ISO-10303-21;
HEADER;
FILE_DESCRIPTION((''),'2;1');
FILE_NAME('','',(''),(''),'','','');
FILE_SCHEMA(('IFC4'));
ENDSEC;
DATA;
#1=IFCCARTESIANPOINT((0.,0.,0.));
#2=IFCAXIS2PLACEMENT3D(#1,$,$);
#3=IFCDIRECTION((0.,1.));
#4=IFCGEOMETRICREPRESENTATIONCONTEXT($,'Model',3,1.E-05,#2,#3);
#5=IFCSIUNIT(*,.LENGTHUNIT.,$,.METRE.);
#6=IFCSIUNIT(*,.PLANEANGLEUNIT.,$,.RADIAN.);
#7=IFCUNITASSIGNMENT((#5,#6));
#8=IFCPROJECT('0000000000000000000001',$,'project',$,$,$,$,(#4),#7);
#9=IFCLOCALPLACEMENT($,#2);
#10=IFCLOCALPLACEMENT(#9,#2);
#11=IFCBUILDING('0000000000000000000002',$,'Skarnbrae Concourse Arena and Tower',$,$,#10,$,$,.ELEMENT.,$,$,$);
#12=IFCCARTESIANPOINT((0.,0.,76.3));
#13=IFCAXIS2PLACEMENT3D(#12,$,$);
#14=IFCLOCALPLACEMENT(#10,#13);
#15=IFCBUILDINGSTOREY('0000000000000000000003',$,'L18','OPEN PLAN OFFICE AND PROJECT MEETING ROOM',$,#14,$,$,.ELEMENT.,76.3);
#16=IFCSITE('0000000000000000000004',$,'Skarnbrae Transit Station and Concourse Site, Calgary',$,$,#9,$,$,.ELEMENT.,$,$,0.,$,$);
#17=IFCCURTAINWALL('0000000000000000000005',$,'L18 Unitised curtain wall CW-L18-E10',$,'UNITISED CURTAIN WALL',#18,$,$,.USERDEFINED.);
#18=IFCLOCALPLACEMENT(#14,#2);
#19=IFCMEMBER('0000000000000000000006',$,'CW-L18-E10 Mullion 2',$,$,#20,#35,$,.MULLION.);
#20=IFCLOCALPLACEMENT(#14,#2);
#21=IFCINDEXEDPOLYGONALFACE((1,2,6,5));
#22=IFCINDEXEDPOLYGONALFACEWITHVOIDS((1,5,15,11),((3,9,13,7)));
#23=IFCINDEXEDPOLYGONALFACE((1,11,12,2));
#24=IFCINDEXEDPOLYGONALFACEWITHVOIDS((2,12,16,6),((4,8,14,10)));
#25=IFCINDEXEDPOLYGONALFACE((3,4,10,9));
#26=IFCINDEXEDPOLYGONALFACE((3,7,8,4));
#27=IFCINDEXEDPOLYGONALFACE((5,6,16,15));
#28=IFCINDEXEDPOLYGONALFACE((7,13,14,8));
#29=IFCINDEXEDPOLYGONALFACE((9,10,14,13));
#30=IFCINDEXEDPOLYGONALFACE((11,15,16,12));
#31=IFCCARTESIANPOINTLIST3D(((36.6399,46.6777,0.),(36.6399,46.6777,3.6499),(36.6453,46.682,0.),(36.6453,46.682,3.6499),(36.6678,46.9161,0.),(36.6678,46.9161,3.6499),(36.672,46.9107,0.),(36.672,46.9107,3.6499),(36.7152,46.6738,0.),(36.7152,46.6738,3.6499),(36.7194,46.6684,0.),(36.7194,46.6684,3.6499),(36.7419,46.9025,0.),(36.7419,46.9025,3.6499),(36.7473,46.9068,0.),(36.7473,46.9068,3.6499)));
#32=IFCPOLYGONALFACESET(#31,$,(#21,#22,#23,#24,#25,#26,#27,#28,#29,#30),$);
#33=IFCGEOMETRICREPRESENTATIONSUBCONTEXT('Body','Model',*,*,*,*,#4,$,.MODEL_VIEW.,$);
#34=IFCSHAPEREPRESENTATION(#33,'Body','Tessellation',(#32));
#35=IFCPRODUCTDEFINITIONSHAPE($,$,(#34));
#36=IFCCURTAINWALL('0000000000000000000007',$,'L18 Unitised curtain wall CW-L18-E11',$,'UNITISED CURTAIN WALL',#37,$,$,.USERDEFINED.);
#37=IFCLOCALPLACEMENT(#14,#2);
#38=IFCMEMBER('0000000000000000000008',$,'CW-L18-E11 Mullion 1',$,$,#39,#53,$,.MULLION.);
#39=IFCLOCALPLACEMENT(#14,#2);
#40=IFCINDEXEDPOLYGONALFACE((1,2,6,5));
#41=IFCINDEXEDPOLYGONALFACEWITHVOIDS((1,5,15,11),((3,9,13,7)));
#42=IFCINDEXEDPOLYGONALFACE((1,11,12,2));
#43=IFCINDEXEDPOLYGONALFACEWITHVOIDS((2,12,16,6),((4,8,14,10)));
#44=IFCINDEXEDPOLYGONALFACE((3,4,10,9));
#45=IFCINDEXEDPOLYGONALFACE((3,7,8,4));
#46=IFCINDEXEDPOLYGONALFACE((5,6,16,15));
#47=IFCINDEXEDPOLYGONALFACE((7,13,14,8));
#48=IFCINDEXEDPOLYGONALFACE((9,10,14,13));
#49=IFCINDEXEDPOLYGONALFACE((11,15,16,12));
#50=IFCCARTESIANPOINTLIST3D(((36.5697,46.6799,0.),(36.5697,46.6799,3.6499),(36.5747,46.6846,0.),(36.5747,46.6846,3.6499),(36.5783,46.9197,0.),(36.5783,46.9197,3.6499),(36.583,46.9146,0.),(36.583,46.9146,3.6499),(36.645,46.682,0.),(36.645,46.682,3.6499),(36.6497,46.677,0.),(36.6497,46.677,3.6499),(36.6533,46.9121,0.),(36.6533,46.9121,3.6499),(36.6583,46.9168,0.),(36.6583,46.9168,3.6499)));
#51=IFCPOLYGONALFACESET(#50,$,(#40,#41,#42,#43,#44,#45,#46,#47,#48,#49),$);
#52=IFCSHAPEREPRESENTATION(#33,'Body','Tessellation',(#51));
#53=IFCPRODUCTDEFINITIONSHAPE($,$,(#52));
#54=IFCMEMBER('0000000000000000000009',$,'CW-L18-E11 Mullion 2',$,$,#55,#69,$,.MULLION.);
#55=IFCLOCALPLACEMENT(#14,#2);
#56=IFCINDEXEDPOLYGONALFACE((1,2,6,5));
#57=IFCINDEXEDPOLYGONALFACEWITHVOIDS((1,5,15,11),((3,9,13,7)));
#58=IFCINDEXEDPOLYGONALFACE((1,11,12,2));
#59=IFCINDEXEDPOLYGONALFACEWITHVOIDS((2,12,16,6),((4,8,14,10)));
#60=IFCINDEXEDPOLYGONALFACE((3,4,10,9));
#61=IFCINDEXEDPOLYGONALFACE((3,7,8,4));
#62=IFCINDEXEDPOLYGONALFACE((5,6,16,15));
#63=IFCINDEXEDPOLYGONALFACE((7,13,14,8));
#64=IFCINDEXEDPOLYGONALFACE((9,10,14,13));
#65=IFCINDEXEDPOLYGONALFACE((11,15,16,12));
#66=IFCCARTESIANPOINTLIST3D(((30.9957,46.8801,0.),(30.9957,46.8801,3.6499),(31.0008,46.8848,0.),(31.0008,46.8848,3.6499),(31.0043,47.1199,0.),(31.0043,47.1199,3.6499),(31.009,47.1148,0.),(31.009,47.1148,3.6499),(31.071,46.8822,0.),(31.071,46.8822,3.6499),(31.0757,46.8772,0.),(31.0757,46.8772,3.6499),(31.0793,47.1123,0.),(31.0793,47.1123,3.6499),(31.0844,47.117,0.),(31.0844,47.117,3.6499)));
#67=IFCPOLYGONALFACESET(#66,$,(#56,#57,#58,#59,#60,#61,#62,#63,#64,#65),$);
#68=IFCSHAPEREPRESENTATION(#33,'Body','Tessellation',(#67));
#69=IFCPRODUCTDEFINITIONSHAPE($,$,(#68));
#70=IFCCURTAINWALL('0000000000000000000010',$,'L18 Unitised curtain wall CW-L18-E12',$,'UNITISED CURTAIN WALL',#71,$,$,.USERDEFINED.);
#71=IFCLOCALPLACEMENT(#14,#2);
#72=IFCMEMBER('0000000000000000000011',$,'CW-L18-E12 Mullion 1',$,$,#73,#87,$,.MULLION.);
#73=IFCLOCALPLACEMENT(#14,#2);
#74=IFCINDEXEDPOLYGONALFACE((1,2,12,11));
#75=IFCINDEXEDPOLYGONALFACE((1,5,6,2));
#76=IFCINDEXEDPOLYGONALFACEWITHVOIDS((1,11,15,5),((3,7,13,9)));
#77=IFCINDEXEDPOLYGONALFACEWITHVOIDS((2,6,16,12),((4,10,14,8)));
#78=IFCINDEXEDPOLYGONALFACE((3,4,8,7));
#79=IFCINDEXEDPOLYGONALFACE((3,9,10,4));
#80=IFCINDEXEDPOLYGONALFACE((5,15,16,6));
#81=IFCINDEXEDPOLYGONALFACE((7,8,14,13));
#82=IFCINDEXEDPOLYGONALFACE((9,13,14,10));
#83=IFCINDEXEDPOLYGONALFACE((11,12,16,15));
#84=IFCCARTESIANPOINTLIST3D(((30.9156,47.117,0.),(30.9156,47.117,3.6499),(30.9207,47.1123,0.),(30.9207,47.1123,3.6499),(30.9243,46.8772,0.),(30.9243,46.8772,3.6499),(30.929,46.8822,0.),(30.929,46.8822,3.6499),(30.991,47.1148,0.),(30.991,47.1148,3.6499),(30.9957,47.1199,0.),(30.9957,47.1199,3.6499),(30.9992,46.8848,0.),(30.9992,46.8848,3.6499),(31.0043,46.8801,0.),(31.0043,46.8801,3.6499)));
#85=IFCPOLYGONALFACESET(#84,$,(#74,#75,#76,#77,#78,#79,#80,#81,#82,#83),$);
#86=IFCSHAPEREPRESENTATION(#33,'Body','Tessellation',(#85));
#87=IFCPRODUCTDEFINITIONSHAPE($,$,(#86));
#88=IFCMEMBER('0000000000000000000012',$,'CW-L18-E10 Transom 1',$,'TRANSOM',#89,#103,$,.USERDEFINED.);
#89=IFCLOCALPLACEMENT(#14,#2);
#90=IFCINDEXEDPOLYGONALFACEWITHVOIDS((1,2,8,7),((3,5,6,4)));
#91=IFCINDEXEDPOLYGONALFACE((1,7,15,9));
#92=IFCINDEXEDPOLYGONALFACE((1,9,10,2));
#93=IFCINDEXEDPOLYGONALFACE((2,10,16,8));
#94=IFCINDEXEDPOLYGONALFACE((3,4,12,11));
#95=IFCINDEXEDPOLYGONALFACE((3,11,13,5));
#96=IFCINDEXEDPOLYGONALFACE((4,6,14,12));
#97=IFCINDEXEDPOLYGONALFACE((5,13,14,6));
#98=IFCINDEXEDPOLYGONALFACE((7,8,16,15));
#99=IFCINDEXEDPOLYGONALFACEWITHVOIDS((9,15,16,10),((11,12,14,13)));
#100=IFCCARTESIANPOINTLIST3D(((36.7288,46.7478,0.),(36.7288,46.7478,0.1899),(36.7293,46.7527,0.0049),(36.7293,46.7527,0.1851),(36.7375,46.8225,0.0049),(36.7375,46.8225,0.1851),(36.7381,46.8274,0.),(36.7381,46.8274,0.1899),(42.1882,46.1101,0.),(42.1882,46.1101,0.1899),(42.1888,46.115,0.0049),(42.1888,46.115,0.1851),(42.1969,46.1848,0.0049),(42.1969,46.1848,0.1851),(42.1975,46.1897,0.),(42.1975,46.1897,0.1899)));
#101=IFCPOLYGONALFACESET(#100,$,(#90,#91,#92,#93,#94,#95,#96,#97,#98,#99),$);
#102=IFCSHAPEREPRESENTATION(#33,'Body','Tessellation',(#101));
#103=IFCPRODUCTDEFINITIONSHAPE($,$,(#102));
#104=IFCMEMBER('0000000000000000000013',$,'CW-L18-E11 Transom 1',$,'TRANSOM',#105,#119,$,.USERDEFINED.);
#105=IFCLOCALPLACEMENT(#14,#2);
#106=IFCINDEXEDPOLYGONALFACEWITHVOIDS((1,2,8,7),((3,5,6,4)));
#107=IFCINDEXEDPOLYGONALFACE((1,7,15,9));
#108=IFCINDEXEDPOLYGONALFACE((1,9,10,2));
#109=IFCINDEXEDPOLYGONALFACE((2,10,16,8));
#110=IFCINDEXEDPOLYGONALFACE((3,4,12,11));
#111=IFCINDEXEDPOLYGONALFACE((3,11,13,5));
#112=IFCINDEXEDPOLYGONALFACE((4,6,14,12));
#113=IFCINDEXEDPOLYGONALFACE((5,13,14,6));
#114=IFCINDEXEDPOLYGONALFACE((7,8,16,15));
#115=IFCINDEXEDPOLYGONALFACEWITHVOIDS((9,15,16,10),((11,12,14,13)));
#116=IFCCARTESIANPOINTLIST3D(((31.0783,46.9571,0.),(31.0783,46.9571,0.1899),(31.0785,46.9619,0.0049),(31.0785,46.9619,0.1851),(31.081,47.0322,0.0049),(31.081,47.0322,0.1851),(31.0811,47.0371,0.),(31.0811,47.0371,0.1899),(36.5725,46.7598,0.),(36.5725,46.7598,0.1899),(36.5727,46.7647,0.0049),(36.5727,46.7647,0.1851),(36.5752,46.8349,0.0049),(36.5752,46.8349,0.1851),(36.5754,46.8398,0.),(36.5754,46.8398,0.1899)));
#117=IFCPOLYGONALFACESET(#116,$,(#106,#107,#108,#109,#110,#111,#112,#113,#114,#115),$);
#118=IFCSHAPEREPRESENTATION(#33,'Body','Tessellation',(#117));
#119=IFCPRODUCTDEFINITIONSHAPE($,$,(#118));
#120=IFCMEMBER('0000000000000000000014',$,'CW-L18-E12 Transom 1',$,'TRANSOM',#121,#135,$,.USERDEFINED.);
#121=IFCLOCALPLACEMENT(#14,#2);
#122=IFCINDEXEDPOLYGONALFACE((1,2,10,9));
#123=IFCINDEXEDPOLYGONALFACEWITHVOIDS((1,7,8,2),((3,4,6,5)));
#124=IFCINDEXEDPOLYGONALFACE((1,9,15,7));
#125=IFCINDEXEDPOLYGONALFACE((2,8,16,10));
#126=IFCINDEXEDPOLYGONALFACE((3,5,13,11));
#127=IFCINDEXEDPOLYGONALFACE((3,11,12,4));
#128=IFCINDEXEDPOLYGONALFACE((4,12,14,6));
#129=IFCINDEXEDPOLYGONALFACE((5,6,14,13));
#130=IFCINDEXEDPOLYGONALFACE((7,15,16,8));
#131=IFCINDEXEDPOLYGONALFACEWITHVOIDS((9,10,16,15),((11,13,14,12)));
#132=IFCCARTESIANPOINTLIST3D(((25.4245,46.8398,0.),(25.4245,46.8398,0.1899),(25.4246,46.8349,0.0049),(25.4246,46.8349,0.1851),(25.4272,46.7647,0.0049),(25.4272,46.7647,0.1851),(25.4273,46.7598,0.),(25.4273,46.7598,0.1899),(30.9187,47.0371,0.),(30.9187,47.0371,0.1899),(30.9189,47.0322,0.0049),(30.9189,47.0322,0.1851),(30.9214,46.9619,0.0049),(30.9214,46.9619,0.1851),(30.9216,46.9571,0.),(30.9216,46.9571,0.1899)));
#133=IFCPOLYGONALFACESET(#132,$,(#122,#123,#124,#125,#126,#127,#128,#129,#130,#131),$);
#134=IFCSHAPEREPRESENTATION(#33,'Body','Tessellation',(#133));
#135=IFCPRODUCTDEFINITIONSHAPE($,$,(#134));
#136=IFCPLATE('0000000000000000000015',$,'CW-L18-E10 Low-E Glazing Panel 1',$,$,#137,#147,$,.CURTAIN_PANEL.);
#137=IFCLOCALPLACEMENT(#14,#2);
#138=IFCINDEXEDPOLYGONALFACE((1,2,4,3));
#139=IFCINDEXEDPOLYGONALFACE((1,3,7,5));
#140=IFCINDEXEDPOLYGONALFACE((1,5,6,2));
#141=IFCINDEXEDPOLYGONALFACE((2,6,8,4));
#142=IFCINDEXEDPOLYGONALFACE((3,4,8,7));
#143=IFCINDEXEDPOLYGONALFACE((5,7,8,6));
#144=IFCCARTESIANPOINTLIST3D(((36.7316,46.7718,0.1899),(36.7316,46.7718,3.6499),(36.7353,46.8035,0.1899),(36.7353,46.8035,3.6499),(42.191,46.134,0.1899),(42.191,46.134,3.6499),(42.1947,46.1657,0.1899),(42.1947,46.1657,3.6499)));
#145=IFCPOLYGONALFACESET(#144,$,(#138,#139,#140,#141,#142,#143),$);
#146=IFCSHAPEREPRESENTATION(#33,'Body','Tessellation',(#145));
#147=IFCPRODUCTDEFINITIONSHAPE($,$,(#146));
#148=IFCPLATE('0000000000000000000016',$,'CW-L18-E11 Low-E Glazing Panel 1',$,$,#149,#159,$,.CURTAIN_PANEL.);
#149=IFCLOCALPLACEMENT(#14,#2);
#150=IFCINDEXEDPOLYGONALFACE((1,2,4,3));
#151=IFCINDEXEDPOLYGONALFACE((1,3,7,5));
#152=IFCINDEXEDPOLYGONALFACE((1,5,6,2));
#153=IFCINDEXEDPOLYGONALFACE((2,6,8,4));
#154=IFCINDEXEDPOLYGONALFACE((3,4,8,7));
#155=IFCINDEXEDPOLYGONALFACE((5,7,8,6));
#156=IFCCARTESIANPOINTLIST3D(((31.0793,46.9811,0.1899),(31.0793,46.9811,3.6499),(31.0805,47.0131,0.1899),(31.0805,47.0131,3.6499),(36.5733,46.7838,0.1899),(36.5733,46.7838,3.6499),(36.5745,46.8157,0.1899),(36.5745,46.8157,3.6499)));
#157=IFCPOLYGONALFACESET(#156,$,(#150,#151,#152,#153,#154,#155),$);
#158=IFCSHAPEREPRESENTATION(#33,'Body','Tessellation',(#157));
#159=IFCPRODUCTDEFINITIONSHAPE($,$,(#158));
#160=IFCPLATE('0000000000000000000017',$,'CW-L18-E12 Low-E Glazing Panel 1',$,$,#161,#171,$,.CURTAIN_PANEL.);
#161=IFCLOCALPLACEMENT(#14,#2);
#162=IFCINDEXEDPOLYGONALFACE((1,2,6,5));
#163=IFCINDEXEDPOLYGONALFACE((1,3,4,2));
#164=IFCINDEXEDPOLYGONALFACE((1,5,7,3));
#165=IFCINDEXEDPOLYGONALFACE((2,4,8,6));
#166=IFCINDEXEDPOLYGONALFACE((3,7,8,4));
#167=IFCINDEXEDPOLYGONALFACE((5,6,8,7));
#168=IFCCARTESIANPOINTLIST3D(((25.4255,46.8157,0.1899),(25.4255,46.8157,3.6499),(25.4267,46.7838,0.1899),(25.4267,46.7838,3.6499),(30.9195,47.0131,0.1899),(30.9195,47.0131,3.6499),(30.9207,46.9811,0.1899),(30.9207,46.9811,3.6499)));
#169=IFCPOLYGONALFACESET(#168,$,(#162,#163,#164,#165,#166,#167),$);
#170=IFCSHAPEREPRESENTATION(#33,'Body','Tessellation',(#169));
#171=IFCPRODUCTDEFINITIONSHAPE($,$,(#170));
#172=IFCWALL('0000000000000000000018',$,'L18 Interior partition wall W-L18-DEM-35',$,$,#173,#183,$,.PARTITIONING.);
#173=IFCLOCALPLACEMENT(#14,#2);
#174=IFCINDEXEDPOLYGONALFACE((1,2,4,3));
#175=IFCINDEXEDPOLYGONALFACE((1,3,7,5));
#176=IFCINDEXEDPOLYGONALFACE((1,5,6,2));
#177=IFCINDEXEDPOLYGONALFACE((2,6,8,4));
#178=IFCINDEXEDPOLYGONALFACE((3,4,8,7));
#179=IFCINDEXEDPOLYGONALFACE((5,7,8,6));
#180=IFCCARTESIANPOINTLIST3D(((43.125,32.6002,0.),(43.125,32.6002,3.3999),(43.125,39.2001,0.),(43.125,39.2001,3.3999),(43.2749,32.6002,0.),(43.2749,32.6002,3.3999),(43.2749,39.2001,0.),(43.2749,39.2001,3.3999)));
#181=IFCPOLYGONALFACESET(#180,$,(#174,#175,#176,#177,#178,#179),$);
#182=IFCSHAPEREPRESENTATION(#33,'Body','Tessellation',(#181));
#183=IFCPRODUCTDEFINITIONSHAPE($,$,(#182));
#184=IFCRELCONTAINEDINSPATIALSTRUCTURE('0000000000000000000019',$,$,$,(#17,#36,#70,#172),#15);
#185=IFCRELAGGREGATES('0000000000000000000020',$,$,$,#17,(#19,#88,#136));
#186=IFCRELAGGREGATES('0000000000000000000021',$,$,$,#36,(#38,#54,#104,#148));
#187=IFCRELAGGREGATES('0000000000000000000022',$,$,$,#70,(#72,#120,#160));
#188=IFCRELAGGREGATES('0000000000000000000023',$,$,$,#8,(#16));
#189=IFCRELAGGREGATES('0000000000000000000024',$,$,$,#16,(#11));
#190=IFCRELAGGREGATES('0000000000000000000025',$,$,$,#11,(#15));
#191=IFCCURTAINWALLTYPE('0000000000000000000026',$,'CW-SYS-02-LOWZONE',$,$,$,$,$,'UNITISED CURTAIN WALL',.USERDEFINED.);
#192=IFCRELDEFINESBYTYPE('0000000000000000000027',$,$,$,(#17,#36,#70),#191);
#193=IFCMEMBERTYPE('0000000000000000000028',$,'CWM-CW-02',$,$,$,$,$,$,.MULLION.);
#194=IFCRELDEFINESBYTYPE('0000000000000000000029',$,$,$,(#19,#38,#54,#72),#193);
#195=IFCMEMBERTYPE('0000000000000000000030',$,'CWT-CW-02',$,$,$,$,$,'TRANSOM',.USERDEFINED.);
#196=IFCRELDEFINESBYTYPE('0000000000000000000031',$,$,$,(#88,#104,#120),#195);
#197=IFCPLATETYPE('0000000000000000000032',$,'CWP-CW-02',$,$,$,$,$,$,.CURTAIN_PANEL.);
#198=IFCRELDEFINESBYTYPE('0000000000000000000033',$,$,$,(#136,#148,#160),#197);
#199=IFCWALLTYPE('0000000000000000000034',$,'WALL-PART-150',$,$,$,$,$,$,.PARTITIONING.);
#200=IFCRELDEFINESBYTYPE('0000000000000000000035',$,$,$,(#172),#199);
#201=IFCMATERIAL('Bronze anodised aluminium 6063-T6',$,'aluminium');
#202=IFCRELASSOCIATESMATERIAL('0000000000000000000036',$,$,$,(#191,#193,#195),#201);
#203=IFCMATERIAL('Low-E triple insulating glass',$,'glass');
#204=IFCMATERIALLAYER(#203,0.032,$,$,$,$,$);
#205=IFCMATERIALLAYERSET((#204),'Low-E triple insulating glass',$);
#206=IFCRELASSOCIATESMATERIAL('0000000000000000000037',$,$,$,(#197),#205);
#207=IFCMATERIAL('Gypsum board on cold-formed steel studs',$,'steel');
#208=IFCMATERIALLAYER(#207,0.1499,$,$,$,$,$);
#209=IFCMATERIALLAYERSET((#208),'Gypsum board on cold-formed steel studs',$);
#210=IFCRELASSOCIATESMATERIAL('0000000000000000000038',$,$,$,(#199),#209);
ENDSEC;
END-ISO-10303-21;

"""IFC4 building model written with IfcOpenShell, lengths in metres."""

from ifc_helpers import new_model, si_unit, direction, frame, frame_2d, origin, origin_2d, place, context, subcontext, project, spatial, rectangle, hollow_rectangle, extrude, source, transform, mapped, material, layer, layer_set, material_profile, profile_set, type_object, element, aggregate, save


model = new_model("IFC4")

# Units and contexts
model_context = context("Model", 3, precision=1e-05, world=origin(), true_north=direction((0.0, 1.0)))
body_context = subcontext(model_context, "Body", "Model", "MODEL_VIEW")
ifc_project = project(units=[si_unit("LENGTHUNIT", "METRE"), si_unit("PLANEANGLEUNIT", "RADIAN")], contexts=[model_context])

# Site, building, storey
site_placement = place(None, origin())
site = spatial("IfcSite", under=ifc_project, at=site_placement, Name="Skarnbrae Transit Station and Concourse Site, Calgary", CompositionType="ELEMENT", RefElevation=0.0)
building_placement = place(site_placement, origin())
building = spatial("IfcBuilding", under=site, at=building_placement, Name="Skarnbrae Concourse Arena and Tower", CompositionType="ELEMENT")
storey_placement = place(building_placement, frame((0.0, 0.0, 76.3)))
storey = spatial("IfcBuildingStorey", under=building, at=storey_placement, Name="L18", Description="OPEN PLAN OFFICE AND PROJECT MEETING ROOM", CompositionType="ELEMENT", Elevation=76.3)

# Shared definitions
ifc_material_1 = material(Name="Bronze anodised aluminium 6063-T6", Category="aluminium")
curtain_wall_type = type_object("IfcCurtainWallType", Name="CW-SYS-02-LOWZONE", ElementType="UNITISED CURTAIN WALL", PredefinedType="USERDEFINED", material=ifc_material_1)
ifc_material_profile_1 = material_profile(ifc_material_1, hollow_rectangle(XDim=0.0801, YDim=0.24, WallThickness=0.0049, at=origin_2d()), Name="ALU-MULL-80X240")
ifc_profile_set_1 = profile_set([ifc_material_profile_1], Name="Bronze anodised aluminium 6063-T6")
member_type_1 = type_object("IfcMemberType", Name="CWM-CW-02", PredefinedType="MULLION", material=ifc_profile_set_1)
shared_shape_1 = source(origin(), body_context, "Body", "SweptSolid", [
    extrude(hollow_rectangle(XDim=0.0801, YDim=0.24, WallThickness=0.0049, at=origin_2d()), origin(), (0.0, 0.0, 1.0), 3.6499),
])

# Curtain walls, members
curtain_wall_1_placement = place(storey_placement, origin())
curtain_wall_1 = element("IfcCurtainWall", 1, at=curtain_wall_1_placement, inside=storey, type_object=curtain_wall_type, Name="L18 Unitised curtain wall CW-L18-E10", ObjectType="UNITISED CURTAIN WALL", PredefinedType="USERDEFINED")
member_1_placement = place(storey_placement, frame((36.6936, 46.7922, 0.0), z_axis=(0.0, 0.0, 1.0), x_axis=(-0.993245, 0.11604, 0.0)))
member_1 = element("IfcMember", 2, at=member_1_placement, type_object=member_type_1, Name="CW-L18-E10 Mullion 2", PredefinedType="MULLION", context=body_context, shape_type="MappedRepresentation", body=[
    mapped(shared_shape_1, transform((0.0, 0.0, 0.0))),
])
curtain_wall_2_placement = place(storey_placement, origin())
curtain_wall_2 = element("IfcCurtainWall", 3, at=curtain_wall_2_placement, inside=storey, type_object=curtain_wall_type, Name="L18 Unitised curtain wall CW-L18-E11", ObjectType="UNITISED CURTAIN WALL", PredefinedType="USERDEFINED")
member_2_placement = place(storey_placement, frame((36.614, 46.7983, 0.0), z_axis=(0.0, 0.0, 1.0), x_axis=(-0.999355, 0.035899, 0.0)))
member_2 = element("IfcMember", 4, at=member_2_placement, type_object=member_type_1, Name="CW-L18-E11 Mullion 1", PredefinedType="MULLION", context=body_context, shape_type="MappedRepresentation", body=[
    mapped(shared_shape_1, transform((0.0, 0.0, 0.0))),
])
member_3_placement = place(storey_placement, frame((31.04, 46.9985, 0.0), z_axis=(0.0, 0.0, 1.0), x_axis=(-0.999355, 0.035899, 0.0)))
member_3 = element("IfcMember", 5, at=member_3_placement, type_object=member_type_1, Name="CW-L18-E11 Mullion 2", PredefinedType="MULLION", context=body_context, shape_type="MappedRepresentation", body=[
    mapped(shared_shape_1, transform((0.0, 0.0, 0.0))),
])

# Curtain wall, member
curtain_wall_3_placement = place(storey_placement, origin())
curtain_wall_3 = element("IfcCurtainWall", 6, at=curtain_wall_3_placement, inside=storey, type_object=curtain_wall_type, Name="L18 Unitised curtain wall CW-L18-E12", ObjectType="UNITISED CURTAIN WALL", PredefinedType="USERDEFINED")
member_4_placement = place(storey_placement, frame((30.96, 46.9985, 0.0), z_axis=(0.0, 0.0, 1.0), x_axis=(-0.999355, -0.035899, 0.0)))
member_4 = element("IfcMember", 7, at=member_4_placement, type_object=member_type_1, Name="CW-L18-E12 Mullion 1", PredefinedType="MULLION", context=body_context, shape_type="MappedRepresentation", body=[
    mapped(shared_shape_1, transform((0.0, 0.0, 0.0))),
])

# Members
ifc_material_profile_2 = material_profile(ifc_material_1, hollow_rectangle(XDim=0.0801, YDim=0.1899, WallThickness=0.0049, at=origin_2d()), Name="ALU-TRAN-80X190")
ifc_profile_set_2 = profile_set([ifc_material_profile_2], Name="Bronze anodised aluminium 6063-T6")
member_type_2 = type_object("IfcMemberType", Name="CWT-CW-02", ElementType="TRANSOM", PredefinedType="USERDEFINED", material=ifc_profile_set_2)
shared_shape_2 = source(origin(), body_context, "Body", "SweptSolid", [
    extrude(hollow_rectangle(XDim=0.0801, YDim=0.1899, WallThickness=0.0049, at=origin_2d()), origin(), (0.0, 0.0, 1.0), 5.4966),
])
member_5_placement = place(storey_placement, frame((42.1929, 46.1499, 0.095), z_axis=(-0.993247, 0.116017, 0.0), x_axis=(-0.116017, -0.993247, 0.0)))
member_5 = element("IfcMember", 8, at=member_5_placement, type_object=member_type_2, Name="CW-L18-E10 Transom 1", ObjectType="TRANSOM", PredefinedType="USERDEFINED", context=body_context, shape_type="MappedRepresentation", body=[
    mapped(shared_shape_2, transform((0.0, 0.0, 0.0))),
])
shared_shape_3 = source(origin(), body_context, "Body", "SweptSolid", [
    extrude(hollow_rectangle(XDim=0.0801, YDim=0.1899, WallThickness=0.0049, at=origin_2d()), origin(), (0.0, 0.0, 1.0), 5.4978),
])
member_6_placement = place(storey_placement, frame((36.574, 46.7998, 0.095), z_axis=(-0.999356, 0.035882, 0.0), x_axis=(-0.035882, -0.999356, 0.0)))
member_6 = element("IfcMember", 9, at=member_6_placement, type_object=member_type_2, Name="CW-L18-E11 Transom 1", ObjectType="TRANSOM", PredefinedType="USERDEFINED", context=body_context, shape_type="MappedRepresentation", body=[
    mapped(shared_shape_3, transform((0.0, 0.0, 0.0))),
])
member_7_placement = place(storey_placement, frame((30.9202, 46.9971, 0.095), z_axis=(-0.999356, -0.035882, 0.0), x_axis=(0.035882, -0.999356, 0.0)))
member_7 = element("IfcMember", 10, at=member_7_placement, type_object=member_type_2, Name="CW-L18-E12 Transom 1", ObjectType="TRANSOM", PredefinedType="USERDEFINED", context=body_context, shape_type="MappedRepresentation", body=[
    mapped(shared_shape_3, transform((0.0, 0.0, 0.0))),
])

# Plates
ifc_material_2 = material(Name="Low-E triple insulating glass", Category="glass")
ifc_layer_1 = layer(ifc_material_2, 0.032)
ifc_layer_set_1 = layer_set([ifc_layer_1], Name="Low-E triple insulating glass")
plate_type = type_object("IfcPlateType", Name="CWP-CW-02", PredefinedType="CURTAIN_PANEL", material=ifc_layer_set_1)
shared_shape_4 = source(origin(), body_context, "Body", "SweptSolid", [
    extrude(rectangle(XDim=5.4966, YDim=0.032, at=origin_2d()), origin(), (0.0, 0.0, 1.0), 3.46),
])
plate_1_placement = place(storey_placement, frame((39.4631, 46.4688, 0.1899), z_axis=(0.0, 0.0, 1.0), x_axis=(-0.993245, 0.11604, 0.0)))
plate_1 = element("IfcPlate", 11, at=plate_1_placement, type_object=plate_type, Name="CW-L18-E10 Low-E Glazing Panel 1", PredefinedType="CURTAIN_PANEL", context=body_context, shape_type="MappedRepresentation", body=[
    mapped(shared_shape_4, transform((0.0, 0.0, 0.0))),
])
aggregate(curtain_wall_1, [member_1, member_5, plate_1])
shared_shape_5 = source(origin(), body_context, "Body", "SweptSolid", [
    extrude(rectangle(XDim=5.4976, YDim=0.032, at=origin_2d()), origin(), (0.0, 0.0, 1.0), 3.46),
])
plate_2_placement = place(storey_placement, frame((33.8269, 46.8984, 0.1899), z_axis=(0.0, 0.0, 1.0), x_axis=(-0.999355, 0.035899, 0.0)))
plate_2 = element("IfcPlate", 12, at=plate_2_placement, type_object=plate_type, Name="CW-L18-E11 Low-E Glazing Panel 1", PredefinedType="CURTAIN_PANEL", context=body_context, shape_type="MappedRepresentation", body=[
    mapped(shared_shape_5, transform((0.0, 0.0, 0.0))),
])
aggregate(curtain_wall_2, [member_2, member_3, member_6, plate_2])
plate_3_placement = place(storey_placement, frame((28.1731, 46.8984, 0.1899), z_axis=(0.0, 0.0, 1.0), x_axis=(-0.999355, -0.035899, 0.0)))
plate_3 = element("IfcPlate", 13, at=plate_3_placement, type_object=plate_type, Name="CW-L18-E12 Low-E Glazing Panel 1", PredefinedType="CURTAIN_PANEL", context=body_context, shape_type="MappedRepresentation", body=[
    mapped(shared_shape_5, transform((0.0, 0.0, 0.0))),
])
aggregate(curtain_wall_3, [member_4, member_7, plate_3])

# Wall
ifc_material_3 = material(Name="Gypsum board on cold-formed steel studs", Category="steel")
ifc_layer_2 = layer(ifc_material_3, 0.1499)
ifc_layer_set_2 = layer_set([ifc_layer_2], Name="Gypsum board on cold-formed steel studs")
wall_type = type_object("IfcWallType", Name="WALL-PART-150", PredefinedType="PARTITIONING", material=ifc_layer_set_2)
shared_shape_6 = source(origin(), body_context, "Body", "SweptSolid", [
    extrude(rectangle(XDim=6.5999, YDim=0.1499, at=frame_2d((3.2998, 0.0))), origin(), (0.0, 0.0, 1.0), 3.3999),
])
wall_1_placement = place(storey_placement, frame((43.2, 39.2, 0.0), z_axis=(0.0, 0.0, 1.0), x_axis=(0.0, -1.0, 0.0)))
element("IfcWall", 14, at=wall_1_placement, inside=storey, type_object=wall_type, Name="L18 Interior partition wall W-L18-DEM-35", PredefinedType="PARTITIONING", context=body_context, shape_type="MappedRepresentation", body=[
    mapped(shared_shape_6, transform((0.0, 0.0, 0.0))),
])

save(model, "model.ifc")
